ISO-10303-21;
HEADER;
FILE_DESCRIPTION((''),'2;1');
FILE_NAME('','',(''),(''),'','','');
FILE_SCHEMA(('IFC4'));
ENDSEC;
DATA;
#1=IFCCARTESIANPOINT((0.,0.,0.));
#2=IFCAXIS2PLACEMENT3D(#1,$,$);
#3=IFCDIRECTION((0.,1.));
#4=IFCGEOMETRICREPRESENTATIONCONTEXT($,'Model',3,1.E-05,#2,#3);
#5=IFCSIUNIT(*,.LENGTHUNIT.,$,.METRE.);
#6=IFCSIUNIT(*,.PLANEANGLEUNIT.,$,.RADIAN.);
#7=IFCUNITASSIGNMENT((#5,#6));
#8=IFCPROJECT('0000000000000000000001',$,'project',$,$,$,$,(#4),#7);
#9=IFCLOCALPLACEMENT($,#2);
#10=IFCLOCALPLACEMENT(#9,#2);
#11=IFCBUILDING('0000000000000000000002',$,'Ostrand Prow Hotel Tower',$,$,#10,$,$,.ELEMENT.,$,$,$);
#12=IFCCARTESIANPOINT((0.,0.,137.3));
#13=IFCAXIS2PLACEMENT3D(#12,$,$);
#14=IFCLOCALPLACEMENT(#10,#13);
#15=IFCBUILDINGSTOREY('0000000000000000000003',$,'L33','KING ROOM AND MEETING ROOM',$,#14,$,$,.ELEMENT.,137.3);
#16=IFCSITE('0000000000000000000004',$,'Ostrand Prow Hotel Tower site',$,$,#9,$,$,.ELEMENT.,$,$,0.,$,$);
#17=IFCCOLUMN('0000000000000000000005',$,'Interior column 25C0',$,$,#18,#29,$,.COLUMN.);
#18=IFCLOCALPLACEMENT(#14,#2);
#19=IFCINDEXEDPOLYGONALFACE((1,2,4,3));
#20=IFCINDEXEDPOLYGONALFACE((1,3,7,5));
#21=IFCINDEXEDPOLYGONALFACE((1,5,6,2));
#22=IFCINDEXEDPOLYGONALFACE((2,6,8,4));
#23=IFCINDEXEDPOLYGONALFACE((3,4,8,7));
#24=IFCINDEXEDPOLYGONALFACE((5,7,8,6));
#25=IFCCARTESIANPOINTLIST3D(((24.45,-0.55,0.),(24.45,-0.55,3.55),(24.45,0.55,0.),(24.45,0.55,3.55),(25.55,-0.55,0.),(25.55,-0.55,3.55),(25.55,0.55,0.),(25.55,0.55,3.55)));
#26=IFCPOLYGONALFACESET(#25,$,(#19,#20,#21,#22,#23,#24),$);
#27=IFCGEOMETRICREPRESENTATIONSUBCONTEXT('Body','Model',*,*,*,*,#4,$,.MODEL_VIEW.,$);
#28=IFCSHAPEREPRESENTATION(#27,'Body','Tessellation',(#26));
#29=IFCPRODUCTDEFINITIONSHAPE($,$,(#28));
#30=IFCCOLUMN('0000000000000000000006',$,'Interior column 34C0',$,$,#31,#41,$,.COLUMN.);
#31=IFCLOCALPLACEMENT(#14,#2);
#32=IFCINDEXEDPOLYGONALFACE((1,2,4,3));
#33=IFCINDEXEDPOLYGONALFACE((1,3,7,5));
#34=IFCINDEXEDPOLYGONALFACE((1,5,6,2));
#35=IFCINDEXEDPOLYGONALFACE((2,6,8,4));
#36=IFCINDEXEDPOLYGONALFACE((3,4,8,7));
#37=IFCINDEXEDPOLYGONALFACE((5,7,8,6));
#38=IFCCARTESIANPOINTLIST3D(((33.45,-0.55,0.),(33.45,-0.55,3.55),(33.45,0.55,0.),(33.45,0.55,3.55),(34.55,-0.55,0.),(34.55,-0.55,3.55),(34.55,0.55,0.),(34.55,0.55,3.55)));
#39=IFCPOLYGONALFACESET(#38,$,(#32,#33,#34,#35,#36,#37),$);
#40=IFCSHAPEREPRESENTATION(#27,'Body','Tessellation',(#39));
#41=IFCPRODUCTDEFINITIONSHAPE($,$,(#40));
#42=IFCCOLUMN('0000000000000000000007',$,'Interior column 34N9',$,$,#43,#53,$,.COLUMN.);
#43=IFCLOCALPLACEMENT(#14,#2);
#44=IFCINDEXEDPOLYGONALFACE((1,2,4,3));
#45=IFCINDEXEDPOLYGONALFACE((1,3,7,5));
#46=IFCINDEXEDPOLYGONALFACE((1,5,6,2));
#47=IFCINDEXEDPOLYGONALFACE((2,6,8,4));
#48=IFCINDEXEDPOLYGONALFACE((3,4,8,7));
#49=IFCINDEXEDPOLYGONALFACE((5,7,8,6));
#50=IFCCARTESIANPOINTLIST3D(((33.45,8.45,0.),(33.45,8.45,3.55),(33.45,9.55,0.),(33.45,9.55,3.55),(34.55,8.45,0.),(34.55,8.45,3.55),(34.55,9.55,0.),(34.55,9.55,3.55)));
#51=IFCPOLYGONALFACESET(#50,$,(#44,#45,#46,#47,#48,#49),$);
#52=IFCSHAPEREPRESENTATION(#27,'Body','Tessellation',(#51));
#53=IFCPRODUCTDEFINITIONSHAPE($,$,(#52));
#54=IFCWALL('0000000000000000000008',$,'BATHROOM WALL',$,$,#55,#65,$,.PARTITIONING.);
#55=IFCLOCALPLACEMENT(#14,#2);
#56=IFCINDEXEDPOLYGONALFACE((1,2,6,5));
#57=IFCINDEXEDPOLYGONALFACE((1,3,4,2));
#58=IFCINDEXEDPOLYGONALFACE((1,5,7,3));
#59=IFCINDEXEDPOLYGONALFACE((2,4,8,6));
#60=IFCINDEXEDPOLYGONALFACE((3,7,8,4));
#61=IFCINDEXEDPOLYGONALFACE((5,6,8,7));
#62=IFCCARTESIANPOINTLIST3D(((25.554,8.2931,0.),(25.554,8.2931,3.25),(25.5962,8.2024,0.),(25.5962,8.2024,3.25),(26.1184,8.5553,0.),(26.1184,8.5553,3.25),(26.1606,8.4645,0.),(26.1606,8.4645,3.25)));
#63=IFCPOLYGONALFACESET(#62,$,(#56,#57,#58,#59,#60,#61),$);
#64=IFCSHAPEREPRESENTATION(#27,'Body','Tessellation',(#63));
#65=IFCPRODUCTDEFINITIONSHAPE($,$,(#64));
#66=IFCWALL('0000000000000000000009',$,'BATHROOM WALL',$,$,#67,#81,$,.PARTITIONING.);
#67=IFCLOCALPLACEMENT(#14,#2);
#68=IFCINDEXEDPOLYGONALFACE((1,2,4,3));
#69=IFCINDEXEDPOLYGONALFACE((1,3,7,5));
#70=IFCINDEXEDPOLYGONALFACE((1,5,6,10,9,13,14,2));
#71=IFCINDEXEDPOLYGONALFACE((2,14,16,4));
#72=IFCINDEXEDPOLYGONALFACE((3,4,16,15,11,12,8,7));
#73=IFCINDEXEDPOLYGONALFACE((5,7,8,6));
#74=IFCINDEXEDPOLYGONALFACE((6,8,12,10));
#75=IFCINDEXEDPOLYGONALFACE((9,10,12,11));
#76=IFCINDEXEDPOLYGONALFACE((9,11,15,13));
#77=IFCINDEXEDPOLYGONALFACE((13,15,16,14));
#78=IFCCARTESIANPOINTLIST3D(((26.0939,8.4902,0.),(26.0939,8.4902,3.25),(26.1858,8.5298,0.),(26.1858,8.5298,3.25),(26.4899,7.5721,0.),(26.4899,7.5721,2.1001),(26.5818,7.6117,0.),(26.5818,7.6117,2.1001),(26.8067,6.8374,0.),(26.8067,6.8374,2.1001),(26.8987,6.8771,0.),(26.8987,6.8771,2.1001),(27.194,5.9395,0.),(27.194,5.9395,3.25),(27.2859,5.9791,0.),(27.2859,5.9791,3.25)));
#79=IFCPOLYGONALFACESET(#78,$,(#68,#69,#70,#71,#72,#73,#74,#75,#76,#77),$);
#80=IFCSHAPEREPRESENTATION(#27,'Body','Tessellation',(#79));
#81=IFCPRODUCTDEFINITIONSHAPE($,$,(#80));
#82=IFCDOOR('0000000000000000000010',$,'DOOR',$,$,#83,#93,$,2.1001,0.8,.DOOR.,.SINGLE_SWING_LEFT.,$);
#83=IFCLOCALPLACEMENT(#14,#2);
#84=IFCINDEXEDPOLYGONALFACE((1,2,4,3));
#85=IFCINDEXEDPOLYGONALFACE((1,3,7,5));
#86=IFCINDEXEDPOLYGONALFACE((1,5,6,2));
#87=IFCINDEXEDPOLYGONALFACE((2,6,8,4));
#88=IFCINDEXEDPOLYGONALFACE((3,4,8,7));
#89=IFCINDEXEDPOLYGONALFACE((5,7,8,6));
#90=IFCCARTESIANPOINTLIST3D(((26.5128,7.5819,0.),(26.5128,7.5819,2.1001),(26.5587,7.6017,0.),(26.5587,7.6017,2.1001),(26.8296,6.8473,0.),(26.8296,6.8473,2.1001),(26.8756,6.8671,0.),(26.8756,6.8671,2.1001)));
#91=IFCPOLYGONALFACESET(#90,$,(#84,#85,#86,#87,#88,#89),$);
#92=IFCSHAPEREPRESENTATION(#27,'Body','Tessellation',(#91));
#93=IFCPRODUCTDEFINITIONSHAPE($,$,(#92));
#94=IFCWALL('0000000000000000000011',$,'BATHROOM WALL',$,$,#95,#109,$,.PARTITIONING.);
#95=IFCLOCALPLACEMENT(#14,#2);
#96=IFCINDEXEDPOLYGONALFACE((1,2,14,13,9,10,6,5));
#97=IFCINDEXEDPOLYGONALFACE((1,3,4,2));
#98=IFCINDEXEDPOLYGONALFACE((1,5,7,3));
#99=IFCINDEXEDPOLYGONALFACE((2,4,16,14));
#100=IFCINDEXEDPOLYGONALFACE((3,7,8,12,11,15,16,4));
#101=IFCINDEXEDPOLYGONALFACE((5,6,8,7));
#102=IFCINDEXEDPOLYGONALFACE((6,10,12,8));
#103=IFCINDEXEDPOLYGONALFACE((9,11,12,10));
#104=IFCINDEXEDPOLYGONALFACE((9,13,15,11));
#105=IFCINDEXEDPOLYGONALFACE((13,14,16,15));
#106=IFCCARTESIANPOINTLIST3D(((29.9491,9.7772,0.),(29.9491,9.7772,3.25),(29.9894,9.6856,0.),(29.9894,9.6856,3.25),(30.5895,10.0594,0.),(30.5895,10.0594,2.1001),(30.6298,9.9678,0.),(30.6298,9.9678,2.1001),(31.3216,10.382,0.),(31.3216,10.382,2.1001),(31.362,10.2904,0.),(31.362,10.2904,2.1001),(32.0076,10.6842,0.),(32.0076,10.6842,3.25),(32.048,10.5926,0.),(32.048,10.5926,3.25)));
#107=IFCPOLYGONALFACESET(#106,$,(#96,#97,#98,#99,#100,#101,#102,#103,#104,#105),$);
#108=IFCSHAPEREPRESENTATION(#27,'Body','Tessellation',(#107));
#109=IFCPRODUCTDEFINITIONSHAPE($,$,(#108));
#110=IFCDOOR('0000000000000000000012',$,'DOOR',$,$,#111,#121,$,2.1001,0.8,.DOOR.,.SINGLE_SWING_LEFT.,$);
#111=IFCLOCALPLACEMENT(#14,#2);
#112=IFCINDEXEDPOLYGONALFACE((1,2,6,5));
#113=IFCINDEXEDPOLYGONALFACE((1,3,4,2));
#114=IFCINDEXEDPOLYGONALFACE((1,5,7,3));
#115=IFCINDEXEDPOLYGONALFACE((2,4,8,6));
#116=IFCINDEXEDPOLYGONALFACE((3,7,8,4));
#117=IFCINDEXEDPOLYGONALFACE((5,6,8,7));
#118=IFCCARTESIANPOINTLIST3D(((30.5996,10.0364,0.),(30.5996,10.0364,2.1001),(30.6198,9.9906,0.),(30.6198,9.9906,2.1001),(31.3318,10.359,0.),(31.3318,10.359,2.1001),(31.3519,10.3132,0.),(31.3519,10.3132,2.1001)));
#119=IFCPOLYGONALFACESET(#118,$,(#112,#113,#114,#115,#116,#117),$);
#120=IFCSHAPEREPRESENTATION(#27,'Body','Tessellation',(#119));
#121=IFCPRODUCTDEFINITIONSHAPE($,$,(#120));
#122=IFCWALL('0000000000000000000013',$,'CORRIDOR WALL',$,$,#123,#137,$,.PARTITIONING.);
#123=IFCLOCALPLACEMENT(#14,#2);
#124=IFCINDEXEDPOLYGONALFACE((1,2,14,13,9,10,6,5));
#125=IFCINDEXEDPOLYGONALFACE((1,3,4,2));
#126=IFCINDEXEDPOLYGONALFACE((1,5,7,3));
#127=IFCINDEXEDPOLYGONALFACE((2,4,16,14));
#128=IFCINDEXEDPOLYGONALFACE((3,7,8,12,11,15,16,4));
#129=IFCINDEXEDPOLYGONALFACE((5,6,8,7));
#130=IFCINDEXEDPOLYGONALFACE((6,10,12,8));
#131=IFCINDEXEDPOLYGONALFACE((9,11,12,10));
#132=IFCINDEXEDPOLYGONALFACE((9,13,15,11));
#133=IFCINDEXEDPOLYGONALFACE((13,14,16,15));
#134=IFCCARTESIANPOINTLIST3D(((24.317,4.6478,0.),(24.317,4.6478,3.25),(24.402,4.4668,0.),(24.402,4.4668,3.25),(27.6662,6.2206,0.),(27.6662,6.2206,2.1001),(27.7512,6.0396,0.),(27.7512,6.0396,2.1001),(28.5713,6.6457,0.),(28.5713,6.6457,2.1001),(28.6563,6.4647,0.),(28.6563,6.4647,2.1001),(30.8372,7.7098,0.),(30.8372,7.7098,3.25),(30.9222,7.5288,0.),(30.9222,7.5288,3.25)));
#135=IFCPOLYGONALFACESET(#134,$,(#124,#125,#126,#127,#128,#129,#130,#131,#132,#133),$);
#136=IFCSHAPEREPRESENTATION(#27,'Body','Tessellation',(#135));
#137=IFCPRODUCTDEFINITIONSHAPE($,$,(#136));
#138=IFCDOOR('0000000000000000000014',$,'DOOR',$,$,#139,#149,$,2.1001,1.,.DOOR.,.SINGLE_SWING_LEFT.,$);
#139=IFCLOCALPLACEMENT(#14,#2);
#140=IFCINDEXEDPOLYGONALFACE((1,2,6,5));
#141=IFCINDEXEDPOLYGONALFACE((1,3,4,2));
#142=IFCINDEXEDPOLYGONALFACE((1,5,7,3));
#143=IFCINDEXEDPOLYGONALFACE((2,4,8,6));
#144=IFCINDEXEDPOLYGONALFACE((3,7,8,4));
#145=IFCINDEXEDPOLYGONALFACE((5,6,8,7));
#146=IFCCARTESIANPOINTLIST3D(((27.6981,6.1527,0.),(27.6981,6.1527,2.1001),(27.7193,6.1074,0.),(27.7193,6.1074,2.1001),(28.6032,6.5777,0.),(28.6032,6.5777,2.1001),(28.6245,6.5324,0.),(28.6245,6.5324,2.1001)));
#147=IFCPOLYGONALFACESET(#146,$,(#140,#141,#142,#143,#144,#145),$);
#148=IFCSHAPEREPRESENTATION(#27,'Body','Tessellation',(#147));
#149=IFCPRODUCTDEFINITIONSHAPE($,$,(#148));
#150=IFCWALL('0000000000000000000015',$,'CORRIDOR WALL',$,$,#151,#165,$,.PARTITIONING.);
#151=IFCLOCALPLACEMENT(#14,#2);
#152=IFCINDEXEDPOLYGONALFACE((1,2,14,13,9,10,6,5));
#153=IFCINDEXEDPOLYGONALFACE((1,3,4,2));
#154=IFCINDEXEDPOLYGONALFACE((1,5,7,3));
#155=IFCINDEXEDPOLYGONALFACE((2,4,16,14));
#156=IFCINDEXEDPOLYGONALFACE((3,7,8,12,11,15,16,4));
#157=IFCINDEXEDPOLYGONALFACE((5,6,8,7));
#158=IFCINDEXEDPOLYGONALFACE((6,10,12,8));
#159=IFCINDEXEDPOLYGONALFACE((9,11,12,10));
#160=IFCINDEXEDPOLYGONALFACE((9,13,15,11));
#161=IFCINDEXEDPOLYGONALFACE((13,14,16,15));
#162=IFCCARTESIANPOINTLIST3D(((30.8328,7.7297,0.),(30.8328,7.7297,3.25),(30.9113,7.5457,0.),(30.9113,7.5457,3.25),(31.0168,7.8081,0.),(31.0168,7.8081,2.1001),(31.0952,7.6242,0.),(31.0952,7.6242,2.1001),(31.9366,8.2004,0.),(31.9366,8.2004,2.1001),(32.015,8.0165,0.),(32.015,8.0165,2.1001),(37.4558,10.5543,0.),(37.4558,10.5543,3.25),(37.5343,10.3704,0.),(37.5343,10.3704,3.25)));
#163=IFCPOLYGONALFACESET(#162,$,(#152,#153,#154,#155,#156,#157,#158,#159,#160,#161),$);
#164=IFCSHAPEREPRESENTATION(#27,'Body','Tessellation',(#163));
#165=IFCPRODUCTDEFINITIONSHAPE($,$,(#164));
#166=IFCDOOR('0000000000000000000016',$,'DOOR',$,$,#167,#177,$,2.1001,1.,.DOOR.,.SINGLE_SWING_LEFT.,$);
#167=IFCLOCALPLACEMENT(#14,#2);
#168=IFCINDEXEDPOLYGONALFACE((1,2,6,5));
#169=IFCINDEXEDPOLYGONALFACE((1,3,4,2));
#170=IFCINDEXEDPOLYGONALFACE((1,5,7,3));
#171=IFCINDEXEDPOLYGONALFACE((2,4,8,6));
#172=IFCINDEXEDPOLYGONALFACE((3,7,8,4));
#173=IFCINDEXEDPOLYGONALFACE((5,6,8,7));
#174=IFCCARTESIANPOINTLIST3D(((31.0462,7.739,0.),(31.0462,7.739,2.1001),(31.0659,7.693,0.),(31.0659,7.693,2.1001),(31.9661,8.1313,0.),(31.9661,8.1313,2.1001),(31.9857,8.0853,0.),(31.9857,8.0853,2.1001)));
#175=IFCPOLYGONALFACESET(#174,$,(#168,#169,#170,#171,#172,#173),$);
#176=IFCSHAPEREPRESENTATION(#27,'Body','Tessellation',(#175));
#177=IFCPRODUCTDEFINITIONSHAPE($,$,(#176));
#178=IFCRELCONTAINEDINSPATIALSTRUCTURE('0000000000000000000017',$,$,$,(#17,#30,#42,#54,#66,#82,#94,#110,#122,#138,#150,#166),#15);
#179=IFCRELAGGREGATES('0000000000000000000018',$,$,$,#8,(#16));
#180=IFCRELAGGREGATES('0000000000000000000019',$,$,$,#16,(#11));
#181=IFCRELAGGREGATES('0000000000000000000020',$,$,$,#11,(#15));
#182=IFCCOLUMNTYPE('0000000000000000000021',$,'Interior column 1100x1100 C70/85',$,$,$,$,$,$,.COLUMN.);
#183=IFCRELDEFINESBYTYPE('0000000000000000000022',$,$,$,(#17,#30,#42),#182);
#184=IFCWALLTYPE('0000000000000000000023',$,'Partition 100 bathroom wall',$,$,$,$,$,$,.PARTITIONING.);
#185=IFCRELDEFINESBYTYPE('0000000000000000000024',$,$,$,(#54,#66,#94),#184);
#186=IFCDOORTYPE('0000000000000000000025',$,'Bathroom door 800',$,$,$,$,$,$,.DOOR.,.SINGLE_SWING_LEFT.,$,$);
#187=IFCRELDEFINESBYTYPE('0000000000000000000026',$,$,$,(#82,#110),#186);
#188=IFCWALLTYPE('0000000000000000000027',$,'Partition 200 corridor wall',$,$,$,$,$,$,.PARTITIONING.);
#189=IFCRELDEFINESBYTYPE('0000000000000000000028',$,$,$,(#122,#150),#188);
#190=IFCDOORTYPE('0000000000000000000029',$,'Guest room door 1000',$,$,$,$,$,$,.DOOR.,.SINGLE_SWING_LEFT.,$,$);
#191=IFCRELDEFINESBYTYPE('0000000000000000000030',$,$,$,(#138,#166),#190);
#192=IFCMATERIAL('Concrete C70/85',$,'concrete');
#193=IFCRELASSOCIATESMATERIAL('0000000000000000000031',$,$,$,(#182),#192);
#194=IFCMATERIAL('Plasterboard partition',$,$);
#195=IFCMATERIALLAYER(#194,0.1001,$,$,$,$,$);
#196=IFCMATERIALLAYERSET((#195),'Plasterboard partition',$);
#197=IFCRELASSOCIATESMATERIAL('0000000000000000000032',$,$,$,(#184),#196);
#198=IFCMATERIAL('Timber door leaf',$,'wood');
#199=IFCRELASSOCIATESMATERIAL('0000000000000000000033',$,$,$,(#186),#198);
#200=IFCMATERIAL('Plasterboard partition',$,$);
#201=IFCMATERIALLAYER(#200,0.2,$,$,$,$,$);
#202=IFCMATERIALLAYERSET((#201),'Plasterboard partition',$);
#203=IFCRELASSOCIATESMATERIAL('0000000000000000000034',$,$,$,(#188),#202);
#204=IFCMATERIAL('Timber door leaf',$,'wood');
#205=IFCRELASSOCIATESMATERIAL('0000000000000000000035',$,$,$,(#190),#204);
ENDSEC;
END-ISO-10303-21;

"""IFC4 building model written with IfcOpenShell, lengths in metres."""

from ifc_helpers import new_model, si_unit, direction, frame, frame_2d, origin, origin_2d, place, context, subcontext, project, spatial, rectangle, extrude, material, layer, layer_set, material_profile, profile_set, type_object, element, fill, save


model = new_model("IFC4")

# Units and contexts
model_context = context("Model", 3, precision=1e-05, world=origin(), true_north=direction((0.0, 1.0)))
body_context = subcontext(model_context, "Body", "Model", "MODEL_VIEW")
ifc_project = project(units=[si_unit("LENGTHUNIT", "METRE"), si_unit("PLANEANGLEUNIT", "RADIAN")], contexts=[model_context])

# Site, building, storey
site_placement = place(None, origin())
site = spatial("IfcSite", under=ifc_project, at=site_placement, Name="Ostrand Prow Hotel Tower site", CompositionType="ELEMENT", RefElevation=0.0)
building_placement = place(site_placement, origin())
building = spatial("IfcBuilding", under=site, at=building_placement, Name="Ostrand Prow Hotel Tower", CompositionType="ELEMENT")
storey_placement = place(building_placement, frame((0.0, 0.0, 137.3)))
storey = spatial("IfcBuildingStorey", under=building, at=storey_placement, Name="L33", Description="KING ROOM AND MEETING ROOM", CompositionType="ELEMENT", Elevation=137.3)

# Columns
ifc_material_1 = material(Name="Concrete C70/85", Category="concrete")
ifc_material_profile = material_profile(ifc_material_1, rectangle(XDim=1.1001, YDim=1.1001, at=origin_2d()), Name="RC 1100x1100")
ifc_profile_set = profile_set([ifc_material_profile], Name="Concrete C70/85")
column_type = type_object("IfcColumnType", Name="Interior column 1100x1100 C70/85", PredefinedType="COLUMN", material=ifc_profile_set)
for number, where, z_axis, x_axis, name in (
    (1, (25.0, 0.0, 0.0), (0.0, 0.0, 1.0), (1.0, 0.0, 0.0), "Interior column 25C0"),
    (2, (34.0, 0.0, 0.0), (0.0, 0.0, 1.0), (1.0, 0.0, 0.0), "Interior column 34C0"),
    (3, (34.0, 9.0, 0.0), (0.0, 0.0, 1.0), (1.0, 0.0, 0.0), "Interior column 34N9"),
):
    element("IfcColumn", number, at=place(storey_placement, frame(where, z_axis=z_axis, x_axis=x_axis)), inside=storey, type_object=column_type, Name=name, PredefinedType="COLUMN", context=body_context, shape_type="SweptSolid", body=[
        extrude(rectangle(XDim=1.1001, YDim=1.1001, at=origin_2d()), origin(), (0.0, 0.0, 1.0), 3.55),
    ])

# Wall
ifc_material_2 = material(Name="Plasterboard partition")
ifc_layer_1 = layer(ifc_material_2, 0.1001)
ifc_layer_set_1 = layer_set([ifc_layer_1], Name="Plasterboard partition")
wall_type_1 = type_object("IfcWallType", Name="Partition 100 bathroom wall", PredefinedType="PARTITIONING", material=ifc_layer_set_1)
wall_1_placement = place(storey_placement, frame((25.5752, 8.2478, 0.0), z_axis=(0.0, 0.0, 1.0), x_axis=(0.906923, 0.421296, 0.0)))
element("IfcWall", 4, at=wall_1_placement, inside=storey, type_object=wall_type_1, Name="BATHROOM WALL", PredefinedType="PARTITIONING", context=body_context, shape_type="SweptSolid", body=[
    extrude(rectangle(XDim=0.6223, YDim=0.1001, at=frame_2d((0.311, 0.0))), origin(), (0.0, 0.0, 1.0), 3.25),
])

# Walls, openings, doors
wall_2_placement = place(storey_placement, frame((26.1399, 8.51, 0.0), z_axis=(0.0, 0.0, 1.0), x_axis=(0.396018, -0.918243, 0.0)))
wall_2 = element("IfcWall", 5, at=wall_2_placement, inside=storey, type_object=wall_type_1, Name="BATHROOM WALL", PredefinedType="PARTITIONING", context=body_context, shape_type="SweptSolid", body=[
    extrude(rectangle(XDim=2.7778, YDim=0.1001, at=frame_2d((1.3889, 0.0))), origin(), (0.0, 0.0, 1.0), 3.25),
])
opening_1_placement = place(wall_2_placement, frame((1.0, 0.0, 0.0)))
opening_1 = element("IfcOpeningElement", 6, at=opening_1_placement, cuts=wall_2, PredefinedType="OPENING", context=body_context, shape_type="SweptSolid", body=[
    extrude(rectangle(XDim=0.8, YDim=2.1001, at=frame_2d((0.3999, 1.05))), frame((0.0, 0.0601, 0.0), z_axis=(0.0, -1.0, 0.0), x_axis=(1.0, 0.0, 0.0)), (0.0, 0.0, 1.0), 0.1201),
])
ifc_material_3 = material(Name="Timber door leaf", Category="wood")
door_type_1 = type_object("IfcDoorType", Name="Bathroom door 800", OperationType="SINGLE_SWING_LEFT", PredefinedType="DOOR", material=ifc_material_3)
door_1_placement = place(opening_1_placement, origin())
door_1 = element("IfcDoor", 7, at=door_1_placement, inside=storey, type_object=door_type_1, Name="DOOR", OperationType="SINGLE_SWING_LEFT", OverallHeight=2.1001, OverallWidth=0.8, PredefinedType="DOOR", context=body_context, shape_type="SweptSolid", body=[
    extrude(rectangle(XDim=0.8, YDim=2.1001, at=frame_2d((0.3999, 1.05))), frame((0.0, 0.0249, 0.0), z_axis=(0.0, -1.0, 0.0), x_axis=(1.0, 0.0, 0.0)), (0.0, 0.0, 1.0), 0.05),
])
fill(opening_1, door_1)
wall_3_placement = place(storey_placement, frame((29.9692, 9.7314, 0.0), z_axis=(0.0, 0.0, 1.0), x_axis=(0.915118, 0.403186, 0.0)))
wall_3 = element("IfcWall", 8, at=wall_3_placement, inside=storey, type_object=wall_type_1, Name="BATHROOM WALL", PredefinedType="PARTITIONING", context=body_context, shape_type="SweptSolid", body=[
    extrude(rectangle(XDim=2.2495, YDim=0.1001, at=frame_2d((1.1248, 0.0))), origin(), (0.0, 0.0, 1.0), 3.25),
])
opening_2_placement = place(wall_3_placement, frame((0.7, 0.0, 0.0)))
opening_2 = element("IfcOpeningElement", 9, at=opening_2_placement, cuts=wall_3, PredefinedType="OPENING", context=body_context, shape_type="SweptSolid", body=[
    extrude(rectangle(XDim=0.8, YDim=2.1001, at=frame_2d((0.3999, 1.05))), frame((0.0, 0.0601, 0.0), z_axis=(0.0, -1.0, 0.0), x_axis=(1.0, 0.0, 0.0)), (0.0, 0.0, 1.0), 0.1201),
])
door_2_placement = place(opening_2_placement, origin())
door_2 = element("IfcDoor", 10, at=door_2_placement, inside=storey, type_object=door_type_1, Name="DOOR", OperationType="SINGLE_SWING_LEFT", OverallHeight=2.1001, OverallWidth=0.8, PredefinedType="DOOR", context=body_context, shape_type="SweptSolid", body=[
    extrude(rectangle(XDim=0.8, YDim=2.1001, at=frame_2d((0.3999, 1.05))), frame((0.0, 0.0249, 0.0), z_axis=(0.0, -1.0, 0.0), x_axis=(1.0, 0.0, 0.0)), (0.0, 0.0, 1.0), 0.05),
])
fill(opening_2, door_2)
ifc_material_4 = material(Name="Plasterboard partition")
ifc_layer_2 = layer(ifc_material_4, 0.2)
ifc_layer_set_2 = layer_set([ifc_layer_2], Name="Plasterboard partition")
wall_type_2 = type_object("IfcWallType", Name="Partition 200 corridor wall", PredefinedType="PARTITIONING", material=ifc_layer_set_2)
wall_4_placement = place(storey_placement, frame((24.3596, 4.5574, 0.0), z_axis=(0.0, 0.0, 1.0), x_axis=(0.905158, 0.425075, 0.0)))
wall_4 = element("IfcWall", 11, at=wall_4_placement, inside=storey, type_object=wall_type_2, Name="CORRIDOR WALL", PredefinedType="PARTITIONING", context=body_context, shape_type="SweptSolid", body=[
    extrude(rectangle(XDim=7.2034, YDim=0.2, at=frame_2d((3.6016, 0.0))), origin(), (0.0, 0.0, 1.0), 3.25),
])
opening_3_placement = place(wall_4_placement, frame((3.7, 0.0, 0.0)))
opening_3 = element("IfcOpeningElement", 12, at=opening_3_placement, cuts=wall_4, PredefinedType="OPENING", context=body_context, shape_type="SweptSolid", body=[
    extrude(rectangle(XDim=1.0, YDim=2.1001, at=frame_2d((0.5, 1.05))), frame((0.0, 0.1099, 0.0), z_axis=(0.0, -1.0, 0.0), x_axis=(1.0, 0.0, 0.0)), (0.0, 0.0, 1.0), 0.22),
])
ifc_material_5 = material(Name="Timber door leaf", Category="wood")
door_type_2 = type_object("IfcDoorType", Name="Guest room door 1000", OperationType="SINGLE_SWING_LEFT", PredefinedType="DOOR", material=ifc_material_5)
door_3_placement = place(opening_3_placement, origin())
door_3 = element("IfcDoor", 13, at=door_3_placement, inside=storey, type_object=door_type_2, Name="DOOR", OperationType="SINGLE_SWING_LEFT", OverallHeight=2.1001, OverallWidth=1.0, PredefinedType="DOOR", context=body_context, shape_type="SweptSolid", body=[
    extrude(rectangle(XDim=1.0, YDim=2.1001, at=frame_2d((0.5, 1.05))), frame((0.0, 0.0249, 0.0), z_axis=(0.0, -1.0, 0.0), x_axis=(1.0, 0.0, 0.0)), (0.0, 0.0, 1.0), 0.05),
])
fill(opening_3, door_3)
wall_5_placement = place(storey_placement, frame((30.8721, 7.6377, 0.0), z_axis=(0.0, 0.0, 1.0), x_axis=(0.919835, 0.392306, 0.0)))
wall_5 = element("IfcWall", 14, at=wall_5_placement, inside=storey, type_object=wall_type_2, Name="CORRIDOR WALL", PredefinedType="PARTITIONING", context=body_context, shape_type="SweptSolid", body=[
    extrude(rectangle(XDim=7.2002, YDim=0.2, at=frame_2d((3.6001, 0.0))), origin(), (0.0, 0.0, 1.0), 3.25),
])
opening_4_placement = place(wall_5_placement, frame((0.2, 0.0, 0.0)))
opening_4 = element("IfcOpeningElement", 15, at=opening_4_placement, cuts=wall_5, PredefinedType="OPENING", context=body_context, shape_type="SweptSolid", body=[
    extrude(rectangle(XDim=1.0, YDim=2.1001, at=frame_2d((0.5, 1.05))), frame((0.0, 0.1099, 0.0), z_axis=(0.0, -1.0, 0.0), x_axis=(1.0, 0.0, 0.0)), (0.0, 0.0, 1.0), 0.22),
])
door_4_placement = place(opening_4_placement, origin())
door_4 = element("IfcDoor", 16, at=door_4_placement, inside=storey, type_object=door_type_2, Name="DOOR", OperationType="SINGLE_SWING_LEFT", OverallHeight=2.1001, OverallWidth=1.0, PredefinedType="DOOR", context=body_context, shape_type="SweptSolid", body=[
    extrude(rectangle(XDim=1.0, YDim=2.1001, at=frame_2d((0.5, 1.05))), frame((0.0, 0.0249, 0.0), z_axis=(0.0, -1.0, 0.0), x_axis=(1.0, 0.0, 0.0)), (0.0, 0.0, 1.0), 0.05),
])
fill(opening_4, door_4)

save(model, "model.ifc")
